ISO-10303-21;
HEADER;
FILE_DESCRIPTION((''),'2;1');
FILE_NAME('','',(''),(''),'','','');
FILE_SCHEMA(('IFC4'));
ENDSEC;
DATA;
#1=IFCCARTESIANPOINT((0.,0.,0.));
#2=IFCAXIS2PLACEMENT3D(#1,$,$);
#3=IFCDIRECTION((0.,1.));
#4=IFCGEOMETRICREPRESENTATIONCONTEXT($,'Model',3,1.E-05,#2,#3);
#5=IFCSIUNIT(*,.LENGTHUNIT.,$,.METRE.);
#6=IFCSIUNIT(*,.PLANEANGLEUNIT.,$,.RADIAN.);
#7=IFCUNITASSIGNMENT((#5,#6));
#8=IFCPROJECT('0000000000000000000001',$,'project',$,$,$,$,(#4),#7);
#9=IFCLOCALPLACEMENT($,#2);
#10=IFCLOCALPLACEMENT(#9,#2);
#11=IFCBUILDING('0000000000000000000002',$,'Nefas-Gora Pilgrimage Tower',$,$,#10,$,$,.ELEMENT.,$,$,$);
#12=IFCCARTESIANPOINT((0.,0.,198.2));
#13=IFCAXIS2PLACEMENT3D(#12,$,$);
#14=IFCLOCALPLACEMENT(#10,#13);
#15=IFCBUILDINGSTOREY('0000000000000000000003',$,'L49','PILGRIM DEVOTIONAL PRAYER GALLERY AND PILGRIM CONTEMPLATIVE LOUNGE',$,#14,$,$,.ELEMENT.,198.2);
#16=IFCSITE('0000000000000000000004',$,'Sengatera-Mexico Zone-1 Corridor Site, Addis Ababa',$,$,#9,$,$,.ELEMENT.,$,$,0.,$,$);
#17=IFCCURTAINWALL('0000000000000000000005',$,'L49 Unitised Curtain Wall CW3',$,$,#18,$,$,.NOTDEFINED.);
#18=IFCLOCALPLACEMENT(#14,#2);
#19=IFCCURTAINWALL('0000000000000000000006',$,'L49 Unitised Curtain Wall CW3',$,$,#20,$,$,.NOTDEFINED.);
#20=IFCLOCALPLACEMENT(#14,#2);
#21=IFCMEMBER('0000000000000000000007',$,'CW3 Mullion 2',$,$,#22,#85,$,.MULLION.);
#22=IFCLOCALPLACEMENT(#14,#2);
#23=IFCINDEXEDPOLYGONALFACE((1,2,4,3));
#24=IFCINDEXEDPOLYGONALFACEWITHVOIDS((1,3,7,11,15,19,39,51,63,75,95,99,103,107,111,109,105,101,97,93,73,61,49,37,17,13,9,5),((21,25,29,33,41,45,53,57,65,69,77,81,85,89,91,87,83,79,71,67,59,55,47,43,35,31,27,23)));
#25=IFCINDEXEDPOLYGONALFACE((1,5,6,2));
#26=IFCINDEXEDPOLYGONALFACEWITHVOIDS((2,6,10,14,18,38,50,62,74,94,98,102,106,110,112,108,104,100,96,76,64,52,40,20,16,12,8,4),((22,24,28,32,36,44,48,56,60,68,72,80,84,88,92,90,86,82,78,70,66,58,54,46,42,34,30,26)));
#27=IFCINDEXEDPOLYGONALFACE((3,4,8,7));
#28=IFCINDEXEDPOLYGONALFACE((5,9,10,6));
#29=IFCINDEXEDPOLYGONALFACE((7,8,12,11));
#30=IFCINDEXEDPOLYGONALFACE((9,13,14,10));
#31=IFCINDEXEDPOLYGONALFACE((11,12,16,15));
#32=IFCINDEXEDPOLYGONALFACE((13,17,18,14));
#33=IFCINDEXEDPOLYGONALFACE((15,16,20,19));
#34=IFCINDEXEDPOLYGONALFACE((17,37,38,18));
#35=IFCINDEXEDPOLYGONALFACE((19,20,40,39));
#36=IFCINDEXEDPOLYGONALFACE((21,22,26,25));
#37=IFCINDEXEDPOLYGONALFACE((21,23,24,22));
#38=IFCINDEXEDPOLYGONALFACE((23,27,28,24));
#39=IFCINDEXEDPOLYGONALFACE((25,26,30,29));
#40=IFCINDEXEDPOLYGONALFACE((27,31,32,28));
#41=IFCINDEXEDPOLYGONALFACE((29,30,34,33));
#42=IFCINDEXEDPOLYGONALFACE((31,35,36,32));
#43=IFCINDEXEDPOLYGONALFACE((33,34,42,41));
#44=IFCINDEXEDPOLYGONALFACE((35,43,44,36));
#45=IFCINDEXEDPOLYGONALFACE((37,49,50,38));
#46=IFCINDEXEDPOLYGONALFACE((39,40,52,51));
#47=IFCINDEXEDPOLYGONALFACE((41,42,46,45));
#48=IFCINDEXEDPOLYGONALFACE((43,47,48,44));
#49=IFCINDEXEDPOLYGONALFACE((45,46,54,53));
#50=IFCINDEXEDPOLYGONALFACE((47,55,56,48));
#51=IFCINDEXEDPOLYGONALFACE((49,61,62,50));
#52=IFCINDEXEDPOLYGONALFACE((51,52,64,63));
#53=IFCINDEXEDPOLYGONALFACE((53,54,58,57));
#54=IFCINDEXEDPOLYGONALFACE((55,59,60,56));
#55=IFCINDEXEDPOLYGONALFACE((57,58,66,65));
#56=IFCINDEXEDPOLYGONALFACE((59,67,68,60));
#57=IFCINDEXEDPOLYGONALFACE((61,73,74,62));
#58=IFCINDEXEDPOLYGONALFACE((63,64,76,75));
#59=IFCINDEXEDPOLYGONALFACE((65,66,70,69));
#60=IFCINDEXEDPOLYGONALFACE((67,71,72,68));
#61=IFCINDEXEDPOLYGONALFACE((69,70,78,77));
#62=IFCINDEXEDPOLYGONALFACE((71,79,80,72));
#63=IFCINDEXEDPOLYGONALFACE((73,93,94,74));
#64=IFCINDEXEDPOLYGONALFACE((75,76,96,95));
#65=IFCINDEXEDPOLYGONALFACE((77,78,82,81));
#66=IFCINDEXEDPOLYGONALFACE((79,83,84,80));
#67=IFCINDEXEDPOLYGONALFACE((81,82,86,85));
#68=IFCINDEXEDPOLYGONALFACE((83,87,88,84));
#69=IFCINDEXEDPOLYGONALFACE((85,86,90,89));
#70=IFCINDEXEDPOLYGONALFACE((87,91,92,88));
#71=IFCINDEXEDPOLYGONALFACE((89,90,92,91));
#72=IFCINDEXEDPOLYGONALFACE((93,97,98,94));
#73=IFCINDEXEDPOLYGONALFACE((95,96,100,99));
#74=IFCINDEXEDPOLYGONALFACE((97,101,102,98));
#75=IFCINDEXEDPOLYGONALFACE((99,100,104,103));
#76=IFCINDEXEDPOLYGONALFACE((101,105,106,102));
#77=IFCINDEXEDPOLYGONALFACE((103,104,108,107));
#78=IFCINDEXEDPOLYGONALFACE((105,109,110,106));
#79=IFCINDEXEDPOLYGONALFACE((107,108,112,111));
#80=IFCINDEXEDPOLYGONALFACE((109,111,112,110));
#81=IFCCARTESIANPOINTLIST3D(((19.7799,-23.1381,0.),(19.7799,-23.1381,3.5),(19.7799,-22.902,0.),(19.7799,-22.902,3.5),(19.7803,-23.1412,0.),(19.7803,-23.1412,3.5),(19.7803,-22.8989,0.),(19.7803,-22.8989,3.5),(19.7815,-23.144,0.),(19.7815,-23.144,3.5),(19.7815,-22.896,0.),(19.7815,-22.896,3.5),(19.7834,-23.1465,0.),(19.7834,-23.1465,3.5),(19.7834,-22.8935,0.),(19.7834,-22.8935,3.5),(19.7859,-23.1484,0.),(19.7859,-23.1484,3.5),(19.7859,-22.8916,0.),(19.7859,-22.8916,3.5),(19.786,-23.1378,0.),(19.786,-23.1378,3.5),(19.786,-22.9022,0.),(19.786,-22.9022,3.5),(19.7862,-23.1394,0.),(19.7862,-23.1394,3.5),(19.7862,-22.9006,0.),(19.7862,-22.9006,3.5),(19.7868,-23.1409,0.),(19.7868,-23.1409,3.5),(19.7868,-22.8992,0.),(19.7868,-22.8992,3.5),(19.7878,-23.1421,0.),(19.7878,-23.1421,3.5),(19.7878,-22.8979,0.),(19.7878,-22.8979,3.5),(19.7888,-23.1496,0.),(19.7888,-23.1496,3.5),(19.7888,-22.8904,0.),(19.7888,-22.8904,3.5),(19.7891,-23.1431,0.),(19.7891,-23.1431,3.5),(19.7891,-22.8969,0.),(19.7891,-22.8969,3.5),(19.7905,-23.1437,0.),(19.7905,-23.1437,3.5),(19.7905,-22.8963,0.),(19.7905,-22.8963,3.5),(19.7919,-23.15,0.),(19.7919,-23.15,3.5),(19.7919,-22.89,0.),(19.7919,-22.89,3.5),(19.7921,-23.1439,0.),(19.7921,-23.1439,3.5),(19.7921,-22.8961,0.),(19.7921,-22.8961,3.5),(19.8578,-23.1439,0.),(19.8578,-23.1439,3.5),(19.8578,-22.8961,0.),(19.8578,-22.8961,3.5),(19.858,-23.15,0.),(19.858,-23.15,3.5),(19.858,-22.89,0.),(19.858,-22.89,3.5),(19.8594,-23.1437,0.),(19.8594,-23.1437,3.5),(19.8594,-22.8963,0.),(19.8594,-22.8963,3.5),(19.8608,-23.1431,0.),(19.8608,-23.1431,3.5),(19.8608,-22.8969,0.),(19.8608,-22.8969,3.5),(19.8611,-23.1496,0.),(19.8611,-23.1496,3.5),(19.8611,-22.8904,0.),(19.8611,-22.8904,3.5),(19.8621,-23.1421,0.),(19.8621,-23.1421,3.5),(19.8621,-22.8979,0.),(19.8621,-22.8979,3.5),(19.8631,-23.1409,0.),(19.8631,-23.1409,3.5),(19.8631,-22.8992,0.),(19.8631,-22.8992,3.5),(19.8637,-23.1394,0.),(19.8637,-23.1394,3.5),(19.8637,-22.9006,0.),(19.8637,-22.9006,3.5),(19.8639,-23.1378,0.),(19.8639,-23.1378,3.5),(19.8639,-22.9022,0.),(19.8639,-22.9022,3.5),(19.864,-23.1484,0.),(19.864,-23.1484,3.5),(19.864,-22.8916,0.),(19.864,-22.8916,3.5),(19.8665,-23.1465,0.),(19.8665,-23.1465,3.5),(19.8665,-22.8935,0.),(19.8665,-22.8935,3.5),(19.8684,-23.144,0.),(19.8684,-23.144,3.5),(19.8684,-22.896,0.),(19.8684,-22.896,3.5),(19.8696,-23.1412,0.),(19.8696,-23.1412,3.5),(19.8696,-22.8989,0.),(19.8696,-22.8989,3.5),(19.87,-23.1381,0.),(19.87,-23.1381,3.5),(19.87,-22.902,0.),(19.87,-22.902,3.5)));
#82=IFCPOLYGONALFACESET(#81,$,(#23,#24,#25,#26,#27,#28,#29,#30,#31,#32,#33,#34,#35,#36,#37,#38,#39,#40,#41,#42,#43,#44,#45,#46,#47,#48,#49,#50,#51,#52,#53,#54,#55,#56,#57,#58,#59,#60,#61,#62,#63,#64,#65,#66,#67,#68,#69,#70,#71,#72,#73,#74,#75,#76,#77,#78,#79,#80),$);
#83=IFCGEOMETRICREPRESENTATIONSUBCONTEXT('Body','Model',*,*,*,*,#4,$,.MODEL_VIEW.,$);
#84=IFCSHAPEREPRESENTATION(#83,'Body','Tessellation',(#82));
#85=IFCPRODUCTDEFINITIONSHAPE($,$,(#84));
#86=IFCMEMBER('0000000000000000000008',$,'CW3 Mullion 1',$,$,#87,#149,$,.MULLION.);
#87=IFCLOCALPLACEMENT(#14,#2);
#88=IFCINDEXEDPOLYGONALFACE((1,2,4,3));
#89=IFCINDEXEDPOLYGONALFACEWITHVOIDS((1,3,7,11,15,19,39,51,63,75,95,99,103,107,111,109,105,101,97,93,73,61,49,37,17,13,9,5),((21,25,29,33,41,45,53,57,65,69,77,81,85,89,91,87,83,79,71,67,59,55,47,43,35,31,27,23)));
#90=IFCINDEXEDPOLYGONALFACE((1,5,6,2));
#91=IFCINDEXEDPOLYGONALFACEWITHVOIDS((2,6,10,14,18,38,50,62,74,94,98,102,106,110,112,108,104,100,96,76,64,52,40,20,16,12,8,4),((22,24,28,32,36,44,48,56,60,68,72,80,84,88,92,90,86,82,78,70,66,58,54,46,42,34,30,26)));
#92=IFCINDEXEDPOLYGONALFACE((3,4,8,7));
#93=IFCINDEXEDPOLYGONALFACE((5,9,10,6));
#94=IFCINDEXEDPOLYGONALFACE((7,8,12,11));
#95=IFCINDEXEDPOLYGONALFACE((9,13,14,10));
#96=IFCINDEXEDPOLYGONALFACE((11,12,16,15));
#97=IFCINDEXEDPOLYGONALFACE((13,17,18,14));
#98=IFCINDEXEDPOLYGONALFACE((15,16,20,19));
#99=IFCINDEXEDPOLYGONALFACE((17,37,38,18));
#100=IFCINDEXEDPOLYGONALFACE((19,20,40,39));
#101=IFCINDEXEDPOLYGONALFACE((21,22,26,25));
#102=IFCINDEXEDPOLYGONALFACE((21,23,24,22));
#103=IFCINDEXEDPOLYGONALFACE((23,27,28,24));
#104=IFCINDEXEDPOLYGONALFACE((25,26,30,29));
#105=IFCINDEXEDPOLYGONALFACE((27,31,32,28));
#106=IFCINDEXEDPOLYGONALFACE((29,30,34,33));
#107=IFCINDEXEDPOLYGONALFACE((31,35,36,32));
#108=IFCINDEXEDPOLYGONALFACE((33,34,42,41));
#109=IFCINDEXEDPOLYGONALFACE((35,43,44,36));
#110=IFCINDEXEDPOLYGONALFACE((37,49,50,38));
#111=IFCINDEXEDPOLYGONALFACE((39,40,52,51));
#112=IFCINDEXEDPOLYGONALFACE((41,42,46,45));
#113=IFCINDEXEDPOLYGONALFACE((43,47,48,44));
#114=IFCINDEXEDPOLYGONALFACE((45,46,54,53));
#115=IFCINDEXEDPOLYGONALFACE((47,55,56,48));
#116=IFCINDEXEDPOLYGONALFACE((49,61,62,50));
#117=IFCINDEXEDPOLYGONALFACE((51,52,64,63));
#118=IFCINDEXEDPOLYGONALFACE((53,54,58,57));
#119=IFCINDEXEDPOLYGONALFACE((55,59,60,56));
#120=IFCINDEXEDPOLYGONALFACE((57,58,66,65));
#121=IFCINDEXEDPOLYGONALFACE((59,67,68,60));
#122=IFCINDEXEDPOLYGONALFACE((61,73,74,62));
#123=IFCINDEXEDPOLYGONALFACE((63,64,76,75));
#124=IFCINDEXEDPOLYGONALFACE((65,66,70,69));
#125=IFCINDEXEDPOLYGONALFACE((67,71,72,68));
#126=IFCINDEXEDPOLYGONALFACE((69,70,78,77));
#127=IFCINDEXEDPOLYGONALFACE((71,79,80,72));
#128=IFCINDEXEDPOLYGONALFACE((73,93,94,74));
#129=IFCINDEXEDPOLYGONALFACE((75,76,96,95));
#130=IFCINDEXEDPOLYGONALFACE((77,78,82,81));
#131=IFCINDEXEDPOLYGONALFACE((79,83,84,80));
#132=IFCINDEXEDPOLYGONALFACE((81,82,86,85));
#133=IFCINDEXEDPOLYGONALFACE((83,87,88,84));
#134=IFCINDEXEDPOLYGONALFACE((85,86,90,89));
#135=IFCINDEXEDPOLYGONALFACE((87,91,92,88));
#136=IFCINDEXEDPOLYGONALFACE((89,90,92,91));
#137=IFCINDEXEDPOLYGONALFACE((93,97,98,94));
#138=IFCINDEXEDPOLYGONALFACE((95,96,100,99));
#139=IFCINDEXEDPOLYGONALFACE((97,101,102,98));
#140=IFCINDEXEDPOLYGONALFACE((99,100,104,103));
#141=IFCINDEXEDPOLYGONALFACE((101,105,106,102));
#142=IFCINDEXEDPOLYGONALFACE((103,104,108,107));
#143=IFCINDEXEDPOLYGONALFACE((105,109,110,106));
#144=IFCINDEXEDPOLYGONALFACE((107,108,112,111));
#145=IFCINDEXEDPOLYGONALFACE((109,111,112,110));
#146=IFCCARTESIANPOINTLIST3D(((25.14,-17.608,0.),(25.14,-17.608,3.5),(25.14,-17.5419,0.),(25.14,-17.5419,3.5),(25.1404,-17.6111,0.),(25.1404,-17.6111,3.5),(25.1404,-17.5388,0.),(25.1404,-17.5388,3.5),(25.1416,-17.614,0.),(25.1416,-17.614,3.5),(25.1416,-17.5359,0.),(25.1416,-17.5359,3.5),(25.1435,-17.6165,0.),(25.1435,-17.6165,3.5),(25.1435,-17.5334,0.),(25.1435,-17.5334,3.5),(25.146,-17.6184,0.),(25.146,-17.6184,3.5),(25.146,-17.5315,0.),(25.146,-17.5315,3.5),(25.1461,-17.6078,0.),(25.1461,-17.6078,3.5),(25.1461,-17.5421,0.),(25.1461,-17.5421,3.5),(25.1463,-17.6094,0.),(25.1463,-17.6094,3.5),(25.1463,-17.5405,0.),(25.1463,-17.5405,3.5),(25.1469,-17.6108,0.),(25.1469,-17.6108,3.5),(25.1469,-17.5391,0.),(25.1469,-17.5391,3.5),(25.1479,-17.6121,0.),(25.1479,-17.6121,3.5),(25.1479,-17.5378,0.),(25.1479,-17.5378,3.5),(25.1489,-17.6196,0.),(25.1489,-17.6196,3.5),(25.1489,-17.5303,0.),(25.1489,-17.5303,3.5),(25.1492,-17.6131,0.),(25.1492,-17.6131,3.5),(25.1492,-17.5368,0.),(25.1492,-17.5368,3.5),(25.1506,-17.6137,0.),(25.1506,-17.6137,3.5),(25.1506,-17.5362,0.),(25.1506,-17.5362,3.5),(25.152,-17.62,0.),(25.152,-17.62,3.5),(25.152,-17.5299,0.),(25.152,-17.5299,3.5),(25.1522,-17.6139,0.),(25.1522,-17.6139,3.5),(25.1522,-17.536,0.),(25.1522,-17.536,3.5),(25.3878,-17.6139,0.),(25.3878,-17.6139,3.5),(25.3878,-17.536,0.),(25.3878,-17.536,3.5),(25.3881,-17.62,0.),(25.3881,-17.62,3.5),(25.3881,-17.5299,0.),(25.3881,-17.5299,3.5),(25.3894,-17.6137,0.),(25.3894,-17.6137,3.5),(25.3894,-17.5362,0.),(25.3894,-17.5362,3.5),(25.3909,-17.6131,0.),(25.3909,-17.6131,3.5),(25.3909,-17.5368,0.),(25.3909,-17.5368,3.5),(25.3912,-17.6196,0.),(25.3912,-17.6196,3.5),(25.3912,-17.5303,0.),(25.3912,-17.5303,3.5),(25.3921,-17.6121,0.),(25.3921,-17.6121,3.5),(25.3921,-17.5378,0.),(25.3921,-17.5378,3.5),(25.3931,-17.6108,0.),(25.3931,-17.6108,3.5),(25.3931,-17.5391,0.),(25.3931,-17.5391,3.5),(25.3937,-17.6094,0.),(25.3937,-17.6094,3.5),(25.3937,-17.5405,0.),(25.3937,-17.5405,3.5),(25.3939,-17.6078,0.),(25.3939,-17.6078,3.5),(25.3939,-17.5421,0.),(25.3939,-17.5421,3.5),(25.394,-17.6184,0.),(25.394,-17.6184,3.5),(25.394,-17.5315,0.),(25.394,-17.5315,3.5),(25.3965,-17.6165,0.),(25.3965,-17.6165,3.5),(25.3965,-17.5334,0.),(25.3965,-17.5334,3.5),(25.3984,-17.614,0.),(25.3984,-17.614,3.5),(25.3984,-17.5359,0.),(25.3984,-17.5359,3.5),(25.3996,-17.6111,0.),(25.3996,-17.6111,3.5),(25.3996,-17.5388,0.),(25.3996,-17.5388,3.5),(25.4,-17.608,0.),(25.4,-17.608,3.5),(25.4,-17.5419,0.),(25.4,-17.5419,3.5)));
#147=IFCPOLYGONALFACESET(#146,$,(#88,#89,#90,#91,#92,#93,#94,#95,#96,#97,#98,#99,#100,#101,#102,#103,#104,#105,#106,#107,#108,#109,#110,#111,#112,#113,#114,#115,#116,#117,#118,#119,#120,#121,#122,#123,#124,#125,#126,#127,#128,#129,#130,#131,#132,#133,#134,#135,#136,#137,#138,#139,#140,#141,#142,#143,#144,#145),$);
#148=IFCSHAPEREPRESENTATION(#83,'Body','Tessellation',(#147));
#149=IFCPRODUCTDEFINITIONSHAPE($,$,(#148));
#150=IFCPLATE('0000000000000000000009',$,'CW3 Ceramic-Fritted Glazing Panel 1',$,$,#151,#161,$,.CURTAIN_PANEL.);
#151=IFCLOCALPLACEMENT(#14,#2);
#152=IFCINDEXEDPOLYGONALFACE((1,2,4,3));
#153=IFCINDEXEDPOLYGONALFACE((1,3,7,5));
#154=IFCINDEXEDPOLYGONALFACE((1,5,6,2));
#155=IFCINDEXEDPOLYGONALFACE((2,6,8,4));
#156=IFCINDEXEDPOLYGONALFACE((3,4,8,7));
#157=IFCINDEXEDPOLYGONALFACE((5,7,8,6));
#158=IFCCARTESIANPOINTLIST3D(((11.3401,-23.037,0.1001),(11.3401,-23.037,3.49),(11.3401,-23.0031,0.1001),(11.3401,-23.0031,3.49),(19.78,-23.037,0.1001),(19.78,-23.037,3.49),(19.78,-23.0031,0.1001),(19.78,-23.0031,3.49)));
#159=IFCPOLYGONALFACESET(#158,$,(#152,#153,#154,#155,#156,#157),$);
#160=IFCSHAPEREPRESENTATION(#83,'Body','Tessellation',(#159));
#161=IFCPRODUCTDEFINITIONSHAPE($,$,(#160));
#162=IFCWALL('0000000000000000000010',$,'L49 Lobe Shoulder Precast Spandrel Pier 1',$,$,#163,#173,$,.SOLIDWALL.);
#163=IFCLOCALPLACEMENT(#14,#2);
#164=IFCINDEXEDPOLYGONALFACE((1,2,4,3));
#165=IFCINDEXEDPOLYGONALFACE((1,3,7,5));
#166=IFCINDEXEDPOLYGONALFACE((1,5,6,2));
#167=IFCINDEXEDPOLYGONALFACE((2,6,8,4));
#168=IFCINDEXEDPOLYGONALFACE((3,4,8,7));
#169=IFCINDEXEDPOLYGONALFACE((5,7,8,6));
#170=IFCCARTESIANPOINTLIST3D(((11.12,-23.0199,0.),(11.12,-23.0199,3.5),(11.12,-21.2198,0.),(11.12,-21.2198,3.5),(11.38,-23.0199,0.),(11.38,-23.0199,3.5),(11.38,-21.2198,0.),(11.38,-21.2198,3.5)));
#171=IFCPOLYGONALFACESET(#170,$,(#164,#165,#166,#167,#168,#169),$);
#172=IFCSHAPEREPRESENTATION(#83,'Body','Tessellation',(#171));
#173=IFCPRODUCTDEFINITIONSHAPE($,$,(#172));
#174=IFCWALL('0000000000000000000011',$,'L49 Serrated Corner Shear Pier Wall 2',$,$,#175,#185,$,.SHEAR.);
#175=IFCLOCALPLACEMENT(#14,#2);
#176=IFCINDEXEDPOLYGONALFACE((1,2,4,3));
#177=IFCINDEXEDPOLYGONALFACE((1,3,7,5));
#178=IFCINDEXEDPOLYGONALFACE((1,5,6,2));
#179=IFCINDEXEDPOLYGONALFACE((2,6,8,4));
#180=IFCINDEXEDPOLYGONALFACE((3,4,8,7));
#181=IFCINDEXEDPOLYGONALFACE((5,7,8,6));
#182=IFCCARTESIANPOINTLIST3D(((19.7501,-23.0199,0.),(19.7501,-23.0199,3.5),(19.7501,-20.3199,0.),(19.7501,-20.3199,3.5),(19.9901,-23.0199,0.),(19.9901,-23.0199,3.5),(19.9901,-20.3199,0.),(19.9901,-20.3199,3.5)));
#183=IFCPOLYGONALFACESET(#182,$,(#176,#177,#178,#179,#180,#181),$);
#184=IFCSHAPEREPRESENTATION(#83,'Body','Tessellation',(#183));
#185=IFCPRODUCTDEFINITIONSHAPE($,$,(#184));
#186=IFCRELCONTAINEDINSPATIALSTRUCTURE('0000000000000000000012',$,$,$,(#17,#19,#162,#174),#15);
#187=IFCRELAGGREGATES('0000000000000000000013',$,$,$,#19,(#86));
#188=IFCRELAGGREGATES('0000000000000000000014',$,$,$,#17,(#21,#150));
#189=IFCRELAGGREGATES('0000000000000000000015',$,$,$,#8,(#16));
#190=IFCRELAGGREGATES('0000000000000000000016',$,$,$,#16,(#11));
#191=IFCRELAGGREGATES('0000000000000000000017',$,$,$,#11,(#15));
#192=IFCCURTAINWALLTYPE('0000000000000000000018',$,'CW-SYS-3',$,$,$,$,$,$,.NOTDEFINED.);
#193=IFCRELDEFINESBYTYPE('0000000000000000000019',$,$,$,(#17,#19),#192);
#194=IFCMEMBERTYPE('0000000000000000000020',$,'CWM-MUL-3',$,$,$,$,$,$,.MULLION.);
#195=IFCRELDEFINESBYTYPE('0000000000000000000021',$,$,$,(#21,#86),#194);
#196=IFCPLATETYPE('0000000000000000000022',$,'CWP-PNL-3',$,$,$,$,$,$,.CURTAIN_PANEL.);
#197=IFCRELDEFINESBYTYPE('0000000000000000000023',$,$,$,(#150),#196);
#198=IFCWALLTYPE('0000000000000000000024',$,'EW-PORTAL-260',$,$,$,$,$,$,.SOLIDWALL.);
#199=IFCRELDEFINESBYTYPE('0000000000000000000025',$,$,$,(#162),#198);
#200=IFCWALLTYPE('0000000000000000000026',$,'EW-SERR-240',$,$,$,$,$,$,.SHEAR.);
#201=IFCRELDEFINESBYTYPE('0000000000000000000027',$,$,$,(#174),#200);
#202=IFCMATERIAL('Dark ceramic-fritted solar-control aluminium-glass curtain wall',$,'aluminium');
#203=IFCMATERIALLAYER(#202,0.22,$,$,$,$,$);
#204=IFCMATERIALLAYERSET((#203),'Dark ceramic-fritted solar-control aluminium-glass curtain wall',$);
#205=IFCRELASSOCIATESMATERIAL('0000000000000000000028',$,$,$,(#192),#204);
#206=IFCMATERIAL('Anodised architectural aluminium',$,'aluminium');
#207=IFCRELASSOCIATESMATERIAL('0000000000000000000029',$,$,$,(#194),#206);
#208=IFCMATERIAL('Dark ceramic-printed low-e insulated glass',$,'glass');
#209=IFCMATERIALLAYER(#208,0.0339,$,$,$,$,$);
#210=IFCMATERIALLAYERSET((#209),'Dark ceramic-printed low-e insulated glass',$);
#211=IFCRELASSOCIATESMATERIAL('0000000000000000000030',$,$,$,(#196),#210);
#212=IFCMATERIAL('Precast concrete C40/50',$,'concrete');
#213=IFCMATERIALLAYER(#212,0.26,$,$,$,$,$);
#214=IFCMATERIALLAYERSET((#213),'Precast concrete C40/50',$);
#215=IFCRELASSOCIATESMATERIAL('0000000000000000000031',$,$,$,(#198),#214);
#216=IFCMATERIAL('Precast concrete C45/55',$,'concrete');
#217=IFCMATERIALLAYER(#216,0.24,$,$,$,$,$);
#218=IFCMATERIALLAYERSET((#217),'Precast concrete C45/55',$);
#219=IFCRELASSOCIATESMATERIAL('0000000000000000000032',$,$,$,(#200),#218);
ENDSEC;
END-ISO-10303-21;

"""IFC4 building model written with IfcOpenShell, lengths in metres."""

from ifc_helpers import new_model, si_unit, direction, frame, frame_2d, origin, origin_2d, place, context, subcontext, project, spatial, rectangle, hollow_rectangle, extrude, source, transform, mapped, material, layer, layer_set, material_profile, profile_set, type_object, element, aggregate, save


model = new_model("IFC4")

# Units and contexts
model_context = context("Model", 3, precision=1e-05, world=origin(), true_north=direction((0.0, 1.0)))
body_context = subcontext(model_context, "Body", "Model", "MODEL_VIEW")
ifc_project = project(units=[si_unit("LENGTHUNIT", "METRE"), si_unit("PLANEANGLEUNIT", "RADIAN")], contexts=[model_context])

# Site, building, storey
site_placement = place(None, origin())
site = spatial("IfcSite", under=ifc_project, at=site_placement, Name="Sengatera-Mexico Zone-1 Corridor Site, Addis Ababa", CompositionType="ELEMENT", RefElevation=0.0)
building_placement = place(site_placement, origin())
building = spatial("IfcBuilding", under=site, at=building_placement, Name="Nefas-Gora Pilgrimage Tower", CompositionType="ELEMENT")
storey_placement = place(building_placement, frame((0.0, 0.0, 198.2)))
storey = spatial("IfcBuildingStorey", under=building, at=storey_placement, Name="L49", Description="PILGRIM DEVOTIONAL PRAYER GALLERY AND PILGRIM CONTEMPLATIVE LOUNGE", CompositionType="ELEMENT", Elevation=198.2)

# Curtain walls
ifc_material_1 = material(Name="Dark ceramic-fritted solar-control aluminium-glass curtain wall", Category="aluminium")
ifc_material_2 = material(Name="Anodised architectural aluminium", Category="aluminium")
ifc_layer_1 = layer(ifc_material_1, 0.22)
ifc_layer_set_1 = layer_set([ifc_layer_1], Name="Dark ceramic-fritted solar-control aluminium-glass curtain wall")
curtain_wall_type_1 = type_object("IfcCurtainWallType", Name="CW-SYS-3", PredefinedType="NOTDEFINED", material=ifc_layer_set_1)
curtain_wall_1_placement = place(storey_placement, origin())
curtain_wall_1 = element("IfcCurtainWall", 1, at=curtain_wall_1_placement, inside=storey, type_object=curtain_wall_type_1, Name="L49 Unitised Curtain Wall CW3", PredefinedType="NOTDEFINED")
curtain_wall_2_placement = place(storey_placement, origin())
curtain_wall_2 = element("IfcCurtainWall", 2, at=curtain_wall_2_placement, inside=storey, type_object=curtain_wall_type_1, Name="L49 Unitised Curtain Wall CW3", PredefinedType="NOTDEFINED")

# Members
ifc_material_profile_1 = material_profile(ifc_material_2, hollow_rectangle(XDim=0.0901, YDim=0.26, WallThickness=0.0061, InnerFilletRadius=0.0061, OuterFilletRadius=0.012, at=origin_2d()), Name="ALU MULLION 90x260")
ifc_profile_set_1 = profile_set([ifc_material_profile_1], Name="Anodised architectural aluminium")
member_type_1 = type_object("IfcMemberType", Name="CWM-MUL-3", PredefinedType="MULLION", material=ifc_profile_set_1)
shared_shape_1 = source(origin(), body_context, "Body", "SweptSolid", [
    extrude(hollow_rectangle(XDim=0.0901, YDim=0.26, WallThickness=0.0061, InnerFilletRadius=0.0061, OuterFilletRadius=0.012, at=origin_2d()), origin(), (0.0, 0.0, 1.0), 3.5),
])
member_1_placement = place(storey_placement, frame((19.825, -23.02, 0.0), z_axis=(0.0, 0.0, 1.0), x_axis=(1.0, 0.0, 0.0)))
member_1 = element("IfcMember", 3, at=member_1_placement, type_object=member_type_1, Name="CW3 Mullion 2", PredefinedType="MULLION", context=body_context, shape_type="MappedRepresentation", body=[
    mapped(shared_shape_1, transform((0.0, 0.0, 0.0), x_axis=(1.0, 0.0, 0.0), y_axis=(0.0, 1.0, 0.0), z_axis=(0.0, 0.0, 1.0), scale=1.0)),
])
member_2_placement = place(storey_placement, frame((25.27, -17.575, 0.0), z_axis=(0.0, 0.0, 1.0), x_axis=(0.0, 1.0, 0.0)))
member_2 = element("IfcMember", 4, at=member_2_placement, type_object=member_type_1, Name="CW3 Mullion 1", PredefinedType="MULLION", context=body_context, shape_type="MappedRepresentation", body=[
    mapped(shared_shape_1, transform((0.0, 0.0, 0.0), x_axis=(1.0, 0.0, 0.0), y_axis=(0.0, 1.0, 0.0), z_axis=(0.0, 0.0, 1.0), scale=1.0)),
])
aggregate(curtain_wall_2, [member_2])

# Plate
ifc_material_3 = material(Name="Dark ceramic-printed low-e insulated glass", Category="glass")
ifc_layer_2 = layer(ifc_material_3, 0.0339)
ifc_layer_set_2 = layer_set([ifc_layer_2], Name="Dark ceramic-printed low-e insulated glass")
plate_type = type_object("IfcPlateType", Name="CWP-PNL-3", PredefinedType="CURTAIN_PANEL", material=ifc_layer_set_2)
shared_shape_2 = source(origin(), body_context, "Body", "SweptSolid", [
    extrude(rectangle(XDim=8.4399, YDim=0.0339, at=origin_2d()), origin(), (0.0, 0.0, 1.0), 3.3899),
])
plate_placement = place(storey_placement, frame((15.5601, -23.02, 0.1001), z_axis=(0.0, 0.0, 1.0), x_axis=(1.0, 0.0, 0.0)))
plate = element("IfcPlate", 5, at=plate_placement, type_object=plate_type, Name="CW3 Ceramic-Fritted Glazing Panel 1", PredefinedType="CURTAIN_PANEL", context=body_context, shape_type="MappedRepresentation", body=[
    mapped(shared_shape_2, transform((0.0, 0.0, 0.0), x_axis=(1.0, 0.0, 0.0), y_axis=(0.0, 1.0, 0.0), z_axis=(0.0, 0.0, 1.0), scale=1.0)),
])
aggregate(curtain_wall_1, [member_1, plate])

# Walls
ifc_material_4 = material(Name="Precast concrete C40/50", Category="concrete")
ifc_layer_3 = layer(ifc_material_4, 0.26)
ifc_layer_set_3 = layer_set([ifc_layer_3], Name="Precast concrete C40/50")
wall_type_1 = type_object("IfcWallType", Name="EW-PORTAL-260", PredefinedType="SOLIDWALL", material=ifc_layer_set_3)
shared_shape_3 = source(origin(), body_context, "Body", "SweptSolid", [
    extrude(rectangle(XDim=1.8, YDim=0.26, at=frame_2d((0.8999, 0.0))), origin(), (0.0, 0.0, 1.0), 3.5),
])
wall_1_placement = place(storey_placement, frame((11.25, -21.22, 0.0), z_axis=(0.0, 0.0, 1.0), x_axis=(0.0, -1.0, 0.0)))
element("IfcWall", 6, at=wall_1_placement, inside=storey, type_object=wall_type_1, Name="L49 Lobe Shoulder Precast Spandrel Pier 1", PredefinedType="SOLIDWALL", context=body_context, shape_type="MappedRepresentation", body=[
    mapped(shared_shape_3, transform((0.0, 0.0, 0.0), x_axis=(1.0, 0.0, 0.0), y_axis=(0.0, 1.0, 0.0), z_axis=(0.0, 0.0, 1.0), scale=1.0)),
])
ifc_material_5 = material(Name="Precast concrete C45/55", Category="concrete")
ifc_layer_4 = layer(ifc_material_5, 0.24)
ifc_layer_set_4 = layer_set([ifc_layer_4], Name="Precast concrete C45/55")
wall_type_2 = type_object("IfcWallType", Name="EW-SERR-240", PredefinedType="SHEAR", material=ifc_layer_set_4)
shared_shape_4 = source(origin(), body_context, "Body", "SweptSolid", [
    extrude(rectangle(XDim=2.7, YDim=0.24, at=frame_2d((1.3501, 0.0))), origin(), (0.0, 0.0, 1.0), 3.5),
])
for number, where, z_axis, x_axis, name in (
    (7, (19.8701, -23.02, 0.0), (0.0, 0.0, 1.0), (0.0, 1.0, 0.0), "L49 Serrated Corner Shear Pier Wall 2"),
):
    element("IfcWall", number, at=place(storey_placement, frame(where, z_axis=z_axis, x_axis=x_axis)), inside=storey, type_object=wall_type_2, Name=name, PredefinedType="SHEAR", context=body_context, shape_type="MappedRepresentation", body=[
        mapped(shared_shape_4, transform((0.0, 0.0, 0.0), x_axis=(1.0, 0.0, 0.0), y_axis=(0.0, 1.0, 0.0), z_axis=(0.0, 0.0, 1.0), scale=1.0)),
    ])

save(model, "model.ifc")
